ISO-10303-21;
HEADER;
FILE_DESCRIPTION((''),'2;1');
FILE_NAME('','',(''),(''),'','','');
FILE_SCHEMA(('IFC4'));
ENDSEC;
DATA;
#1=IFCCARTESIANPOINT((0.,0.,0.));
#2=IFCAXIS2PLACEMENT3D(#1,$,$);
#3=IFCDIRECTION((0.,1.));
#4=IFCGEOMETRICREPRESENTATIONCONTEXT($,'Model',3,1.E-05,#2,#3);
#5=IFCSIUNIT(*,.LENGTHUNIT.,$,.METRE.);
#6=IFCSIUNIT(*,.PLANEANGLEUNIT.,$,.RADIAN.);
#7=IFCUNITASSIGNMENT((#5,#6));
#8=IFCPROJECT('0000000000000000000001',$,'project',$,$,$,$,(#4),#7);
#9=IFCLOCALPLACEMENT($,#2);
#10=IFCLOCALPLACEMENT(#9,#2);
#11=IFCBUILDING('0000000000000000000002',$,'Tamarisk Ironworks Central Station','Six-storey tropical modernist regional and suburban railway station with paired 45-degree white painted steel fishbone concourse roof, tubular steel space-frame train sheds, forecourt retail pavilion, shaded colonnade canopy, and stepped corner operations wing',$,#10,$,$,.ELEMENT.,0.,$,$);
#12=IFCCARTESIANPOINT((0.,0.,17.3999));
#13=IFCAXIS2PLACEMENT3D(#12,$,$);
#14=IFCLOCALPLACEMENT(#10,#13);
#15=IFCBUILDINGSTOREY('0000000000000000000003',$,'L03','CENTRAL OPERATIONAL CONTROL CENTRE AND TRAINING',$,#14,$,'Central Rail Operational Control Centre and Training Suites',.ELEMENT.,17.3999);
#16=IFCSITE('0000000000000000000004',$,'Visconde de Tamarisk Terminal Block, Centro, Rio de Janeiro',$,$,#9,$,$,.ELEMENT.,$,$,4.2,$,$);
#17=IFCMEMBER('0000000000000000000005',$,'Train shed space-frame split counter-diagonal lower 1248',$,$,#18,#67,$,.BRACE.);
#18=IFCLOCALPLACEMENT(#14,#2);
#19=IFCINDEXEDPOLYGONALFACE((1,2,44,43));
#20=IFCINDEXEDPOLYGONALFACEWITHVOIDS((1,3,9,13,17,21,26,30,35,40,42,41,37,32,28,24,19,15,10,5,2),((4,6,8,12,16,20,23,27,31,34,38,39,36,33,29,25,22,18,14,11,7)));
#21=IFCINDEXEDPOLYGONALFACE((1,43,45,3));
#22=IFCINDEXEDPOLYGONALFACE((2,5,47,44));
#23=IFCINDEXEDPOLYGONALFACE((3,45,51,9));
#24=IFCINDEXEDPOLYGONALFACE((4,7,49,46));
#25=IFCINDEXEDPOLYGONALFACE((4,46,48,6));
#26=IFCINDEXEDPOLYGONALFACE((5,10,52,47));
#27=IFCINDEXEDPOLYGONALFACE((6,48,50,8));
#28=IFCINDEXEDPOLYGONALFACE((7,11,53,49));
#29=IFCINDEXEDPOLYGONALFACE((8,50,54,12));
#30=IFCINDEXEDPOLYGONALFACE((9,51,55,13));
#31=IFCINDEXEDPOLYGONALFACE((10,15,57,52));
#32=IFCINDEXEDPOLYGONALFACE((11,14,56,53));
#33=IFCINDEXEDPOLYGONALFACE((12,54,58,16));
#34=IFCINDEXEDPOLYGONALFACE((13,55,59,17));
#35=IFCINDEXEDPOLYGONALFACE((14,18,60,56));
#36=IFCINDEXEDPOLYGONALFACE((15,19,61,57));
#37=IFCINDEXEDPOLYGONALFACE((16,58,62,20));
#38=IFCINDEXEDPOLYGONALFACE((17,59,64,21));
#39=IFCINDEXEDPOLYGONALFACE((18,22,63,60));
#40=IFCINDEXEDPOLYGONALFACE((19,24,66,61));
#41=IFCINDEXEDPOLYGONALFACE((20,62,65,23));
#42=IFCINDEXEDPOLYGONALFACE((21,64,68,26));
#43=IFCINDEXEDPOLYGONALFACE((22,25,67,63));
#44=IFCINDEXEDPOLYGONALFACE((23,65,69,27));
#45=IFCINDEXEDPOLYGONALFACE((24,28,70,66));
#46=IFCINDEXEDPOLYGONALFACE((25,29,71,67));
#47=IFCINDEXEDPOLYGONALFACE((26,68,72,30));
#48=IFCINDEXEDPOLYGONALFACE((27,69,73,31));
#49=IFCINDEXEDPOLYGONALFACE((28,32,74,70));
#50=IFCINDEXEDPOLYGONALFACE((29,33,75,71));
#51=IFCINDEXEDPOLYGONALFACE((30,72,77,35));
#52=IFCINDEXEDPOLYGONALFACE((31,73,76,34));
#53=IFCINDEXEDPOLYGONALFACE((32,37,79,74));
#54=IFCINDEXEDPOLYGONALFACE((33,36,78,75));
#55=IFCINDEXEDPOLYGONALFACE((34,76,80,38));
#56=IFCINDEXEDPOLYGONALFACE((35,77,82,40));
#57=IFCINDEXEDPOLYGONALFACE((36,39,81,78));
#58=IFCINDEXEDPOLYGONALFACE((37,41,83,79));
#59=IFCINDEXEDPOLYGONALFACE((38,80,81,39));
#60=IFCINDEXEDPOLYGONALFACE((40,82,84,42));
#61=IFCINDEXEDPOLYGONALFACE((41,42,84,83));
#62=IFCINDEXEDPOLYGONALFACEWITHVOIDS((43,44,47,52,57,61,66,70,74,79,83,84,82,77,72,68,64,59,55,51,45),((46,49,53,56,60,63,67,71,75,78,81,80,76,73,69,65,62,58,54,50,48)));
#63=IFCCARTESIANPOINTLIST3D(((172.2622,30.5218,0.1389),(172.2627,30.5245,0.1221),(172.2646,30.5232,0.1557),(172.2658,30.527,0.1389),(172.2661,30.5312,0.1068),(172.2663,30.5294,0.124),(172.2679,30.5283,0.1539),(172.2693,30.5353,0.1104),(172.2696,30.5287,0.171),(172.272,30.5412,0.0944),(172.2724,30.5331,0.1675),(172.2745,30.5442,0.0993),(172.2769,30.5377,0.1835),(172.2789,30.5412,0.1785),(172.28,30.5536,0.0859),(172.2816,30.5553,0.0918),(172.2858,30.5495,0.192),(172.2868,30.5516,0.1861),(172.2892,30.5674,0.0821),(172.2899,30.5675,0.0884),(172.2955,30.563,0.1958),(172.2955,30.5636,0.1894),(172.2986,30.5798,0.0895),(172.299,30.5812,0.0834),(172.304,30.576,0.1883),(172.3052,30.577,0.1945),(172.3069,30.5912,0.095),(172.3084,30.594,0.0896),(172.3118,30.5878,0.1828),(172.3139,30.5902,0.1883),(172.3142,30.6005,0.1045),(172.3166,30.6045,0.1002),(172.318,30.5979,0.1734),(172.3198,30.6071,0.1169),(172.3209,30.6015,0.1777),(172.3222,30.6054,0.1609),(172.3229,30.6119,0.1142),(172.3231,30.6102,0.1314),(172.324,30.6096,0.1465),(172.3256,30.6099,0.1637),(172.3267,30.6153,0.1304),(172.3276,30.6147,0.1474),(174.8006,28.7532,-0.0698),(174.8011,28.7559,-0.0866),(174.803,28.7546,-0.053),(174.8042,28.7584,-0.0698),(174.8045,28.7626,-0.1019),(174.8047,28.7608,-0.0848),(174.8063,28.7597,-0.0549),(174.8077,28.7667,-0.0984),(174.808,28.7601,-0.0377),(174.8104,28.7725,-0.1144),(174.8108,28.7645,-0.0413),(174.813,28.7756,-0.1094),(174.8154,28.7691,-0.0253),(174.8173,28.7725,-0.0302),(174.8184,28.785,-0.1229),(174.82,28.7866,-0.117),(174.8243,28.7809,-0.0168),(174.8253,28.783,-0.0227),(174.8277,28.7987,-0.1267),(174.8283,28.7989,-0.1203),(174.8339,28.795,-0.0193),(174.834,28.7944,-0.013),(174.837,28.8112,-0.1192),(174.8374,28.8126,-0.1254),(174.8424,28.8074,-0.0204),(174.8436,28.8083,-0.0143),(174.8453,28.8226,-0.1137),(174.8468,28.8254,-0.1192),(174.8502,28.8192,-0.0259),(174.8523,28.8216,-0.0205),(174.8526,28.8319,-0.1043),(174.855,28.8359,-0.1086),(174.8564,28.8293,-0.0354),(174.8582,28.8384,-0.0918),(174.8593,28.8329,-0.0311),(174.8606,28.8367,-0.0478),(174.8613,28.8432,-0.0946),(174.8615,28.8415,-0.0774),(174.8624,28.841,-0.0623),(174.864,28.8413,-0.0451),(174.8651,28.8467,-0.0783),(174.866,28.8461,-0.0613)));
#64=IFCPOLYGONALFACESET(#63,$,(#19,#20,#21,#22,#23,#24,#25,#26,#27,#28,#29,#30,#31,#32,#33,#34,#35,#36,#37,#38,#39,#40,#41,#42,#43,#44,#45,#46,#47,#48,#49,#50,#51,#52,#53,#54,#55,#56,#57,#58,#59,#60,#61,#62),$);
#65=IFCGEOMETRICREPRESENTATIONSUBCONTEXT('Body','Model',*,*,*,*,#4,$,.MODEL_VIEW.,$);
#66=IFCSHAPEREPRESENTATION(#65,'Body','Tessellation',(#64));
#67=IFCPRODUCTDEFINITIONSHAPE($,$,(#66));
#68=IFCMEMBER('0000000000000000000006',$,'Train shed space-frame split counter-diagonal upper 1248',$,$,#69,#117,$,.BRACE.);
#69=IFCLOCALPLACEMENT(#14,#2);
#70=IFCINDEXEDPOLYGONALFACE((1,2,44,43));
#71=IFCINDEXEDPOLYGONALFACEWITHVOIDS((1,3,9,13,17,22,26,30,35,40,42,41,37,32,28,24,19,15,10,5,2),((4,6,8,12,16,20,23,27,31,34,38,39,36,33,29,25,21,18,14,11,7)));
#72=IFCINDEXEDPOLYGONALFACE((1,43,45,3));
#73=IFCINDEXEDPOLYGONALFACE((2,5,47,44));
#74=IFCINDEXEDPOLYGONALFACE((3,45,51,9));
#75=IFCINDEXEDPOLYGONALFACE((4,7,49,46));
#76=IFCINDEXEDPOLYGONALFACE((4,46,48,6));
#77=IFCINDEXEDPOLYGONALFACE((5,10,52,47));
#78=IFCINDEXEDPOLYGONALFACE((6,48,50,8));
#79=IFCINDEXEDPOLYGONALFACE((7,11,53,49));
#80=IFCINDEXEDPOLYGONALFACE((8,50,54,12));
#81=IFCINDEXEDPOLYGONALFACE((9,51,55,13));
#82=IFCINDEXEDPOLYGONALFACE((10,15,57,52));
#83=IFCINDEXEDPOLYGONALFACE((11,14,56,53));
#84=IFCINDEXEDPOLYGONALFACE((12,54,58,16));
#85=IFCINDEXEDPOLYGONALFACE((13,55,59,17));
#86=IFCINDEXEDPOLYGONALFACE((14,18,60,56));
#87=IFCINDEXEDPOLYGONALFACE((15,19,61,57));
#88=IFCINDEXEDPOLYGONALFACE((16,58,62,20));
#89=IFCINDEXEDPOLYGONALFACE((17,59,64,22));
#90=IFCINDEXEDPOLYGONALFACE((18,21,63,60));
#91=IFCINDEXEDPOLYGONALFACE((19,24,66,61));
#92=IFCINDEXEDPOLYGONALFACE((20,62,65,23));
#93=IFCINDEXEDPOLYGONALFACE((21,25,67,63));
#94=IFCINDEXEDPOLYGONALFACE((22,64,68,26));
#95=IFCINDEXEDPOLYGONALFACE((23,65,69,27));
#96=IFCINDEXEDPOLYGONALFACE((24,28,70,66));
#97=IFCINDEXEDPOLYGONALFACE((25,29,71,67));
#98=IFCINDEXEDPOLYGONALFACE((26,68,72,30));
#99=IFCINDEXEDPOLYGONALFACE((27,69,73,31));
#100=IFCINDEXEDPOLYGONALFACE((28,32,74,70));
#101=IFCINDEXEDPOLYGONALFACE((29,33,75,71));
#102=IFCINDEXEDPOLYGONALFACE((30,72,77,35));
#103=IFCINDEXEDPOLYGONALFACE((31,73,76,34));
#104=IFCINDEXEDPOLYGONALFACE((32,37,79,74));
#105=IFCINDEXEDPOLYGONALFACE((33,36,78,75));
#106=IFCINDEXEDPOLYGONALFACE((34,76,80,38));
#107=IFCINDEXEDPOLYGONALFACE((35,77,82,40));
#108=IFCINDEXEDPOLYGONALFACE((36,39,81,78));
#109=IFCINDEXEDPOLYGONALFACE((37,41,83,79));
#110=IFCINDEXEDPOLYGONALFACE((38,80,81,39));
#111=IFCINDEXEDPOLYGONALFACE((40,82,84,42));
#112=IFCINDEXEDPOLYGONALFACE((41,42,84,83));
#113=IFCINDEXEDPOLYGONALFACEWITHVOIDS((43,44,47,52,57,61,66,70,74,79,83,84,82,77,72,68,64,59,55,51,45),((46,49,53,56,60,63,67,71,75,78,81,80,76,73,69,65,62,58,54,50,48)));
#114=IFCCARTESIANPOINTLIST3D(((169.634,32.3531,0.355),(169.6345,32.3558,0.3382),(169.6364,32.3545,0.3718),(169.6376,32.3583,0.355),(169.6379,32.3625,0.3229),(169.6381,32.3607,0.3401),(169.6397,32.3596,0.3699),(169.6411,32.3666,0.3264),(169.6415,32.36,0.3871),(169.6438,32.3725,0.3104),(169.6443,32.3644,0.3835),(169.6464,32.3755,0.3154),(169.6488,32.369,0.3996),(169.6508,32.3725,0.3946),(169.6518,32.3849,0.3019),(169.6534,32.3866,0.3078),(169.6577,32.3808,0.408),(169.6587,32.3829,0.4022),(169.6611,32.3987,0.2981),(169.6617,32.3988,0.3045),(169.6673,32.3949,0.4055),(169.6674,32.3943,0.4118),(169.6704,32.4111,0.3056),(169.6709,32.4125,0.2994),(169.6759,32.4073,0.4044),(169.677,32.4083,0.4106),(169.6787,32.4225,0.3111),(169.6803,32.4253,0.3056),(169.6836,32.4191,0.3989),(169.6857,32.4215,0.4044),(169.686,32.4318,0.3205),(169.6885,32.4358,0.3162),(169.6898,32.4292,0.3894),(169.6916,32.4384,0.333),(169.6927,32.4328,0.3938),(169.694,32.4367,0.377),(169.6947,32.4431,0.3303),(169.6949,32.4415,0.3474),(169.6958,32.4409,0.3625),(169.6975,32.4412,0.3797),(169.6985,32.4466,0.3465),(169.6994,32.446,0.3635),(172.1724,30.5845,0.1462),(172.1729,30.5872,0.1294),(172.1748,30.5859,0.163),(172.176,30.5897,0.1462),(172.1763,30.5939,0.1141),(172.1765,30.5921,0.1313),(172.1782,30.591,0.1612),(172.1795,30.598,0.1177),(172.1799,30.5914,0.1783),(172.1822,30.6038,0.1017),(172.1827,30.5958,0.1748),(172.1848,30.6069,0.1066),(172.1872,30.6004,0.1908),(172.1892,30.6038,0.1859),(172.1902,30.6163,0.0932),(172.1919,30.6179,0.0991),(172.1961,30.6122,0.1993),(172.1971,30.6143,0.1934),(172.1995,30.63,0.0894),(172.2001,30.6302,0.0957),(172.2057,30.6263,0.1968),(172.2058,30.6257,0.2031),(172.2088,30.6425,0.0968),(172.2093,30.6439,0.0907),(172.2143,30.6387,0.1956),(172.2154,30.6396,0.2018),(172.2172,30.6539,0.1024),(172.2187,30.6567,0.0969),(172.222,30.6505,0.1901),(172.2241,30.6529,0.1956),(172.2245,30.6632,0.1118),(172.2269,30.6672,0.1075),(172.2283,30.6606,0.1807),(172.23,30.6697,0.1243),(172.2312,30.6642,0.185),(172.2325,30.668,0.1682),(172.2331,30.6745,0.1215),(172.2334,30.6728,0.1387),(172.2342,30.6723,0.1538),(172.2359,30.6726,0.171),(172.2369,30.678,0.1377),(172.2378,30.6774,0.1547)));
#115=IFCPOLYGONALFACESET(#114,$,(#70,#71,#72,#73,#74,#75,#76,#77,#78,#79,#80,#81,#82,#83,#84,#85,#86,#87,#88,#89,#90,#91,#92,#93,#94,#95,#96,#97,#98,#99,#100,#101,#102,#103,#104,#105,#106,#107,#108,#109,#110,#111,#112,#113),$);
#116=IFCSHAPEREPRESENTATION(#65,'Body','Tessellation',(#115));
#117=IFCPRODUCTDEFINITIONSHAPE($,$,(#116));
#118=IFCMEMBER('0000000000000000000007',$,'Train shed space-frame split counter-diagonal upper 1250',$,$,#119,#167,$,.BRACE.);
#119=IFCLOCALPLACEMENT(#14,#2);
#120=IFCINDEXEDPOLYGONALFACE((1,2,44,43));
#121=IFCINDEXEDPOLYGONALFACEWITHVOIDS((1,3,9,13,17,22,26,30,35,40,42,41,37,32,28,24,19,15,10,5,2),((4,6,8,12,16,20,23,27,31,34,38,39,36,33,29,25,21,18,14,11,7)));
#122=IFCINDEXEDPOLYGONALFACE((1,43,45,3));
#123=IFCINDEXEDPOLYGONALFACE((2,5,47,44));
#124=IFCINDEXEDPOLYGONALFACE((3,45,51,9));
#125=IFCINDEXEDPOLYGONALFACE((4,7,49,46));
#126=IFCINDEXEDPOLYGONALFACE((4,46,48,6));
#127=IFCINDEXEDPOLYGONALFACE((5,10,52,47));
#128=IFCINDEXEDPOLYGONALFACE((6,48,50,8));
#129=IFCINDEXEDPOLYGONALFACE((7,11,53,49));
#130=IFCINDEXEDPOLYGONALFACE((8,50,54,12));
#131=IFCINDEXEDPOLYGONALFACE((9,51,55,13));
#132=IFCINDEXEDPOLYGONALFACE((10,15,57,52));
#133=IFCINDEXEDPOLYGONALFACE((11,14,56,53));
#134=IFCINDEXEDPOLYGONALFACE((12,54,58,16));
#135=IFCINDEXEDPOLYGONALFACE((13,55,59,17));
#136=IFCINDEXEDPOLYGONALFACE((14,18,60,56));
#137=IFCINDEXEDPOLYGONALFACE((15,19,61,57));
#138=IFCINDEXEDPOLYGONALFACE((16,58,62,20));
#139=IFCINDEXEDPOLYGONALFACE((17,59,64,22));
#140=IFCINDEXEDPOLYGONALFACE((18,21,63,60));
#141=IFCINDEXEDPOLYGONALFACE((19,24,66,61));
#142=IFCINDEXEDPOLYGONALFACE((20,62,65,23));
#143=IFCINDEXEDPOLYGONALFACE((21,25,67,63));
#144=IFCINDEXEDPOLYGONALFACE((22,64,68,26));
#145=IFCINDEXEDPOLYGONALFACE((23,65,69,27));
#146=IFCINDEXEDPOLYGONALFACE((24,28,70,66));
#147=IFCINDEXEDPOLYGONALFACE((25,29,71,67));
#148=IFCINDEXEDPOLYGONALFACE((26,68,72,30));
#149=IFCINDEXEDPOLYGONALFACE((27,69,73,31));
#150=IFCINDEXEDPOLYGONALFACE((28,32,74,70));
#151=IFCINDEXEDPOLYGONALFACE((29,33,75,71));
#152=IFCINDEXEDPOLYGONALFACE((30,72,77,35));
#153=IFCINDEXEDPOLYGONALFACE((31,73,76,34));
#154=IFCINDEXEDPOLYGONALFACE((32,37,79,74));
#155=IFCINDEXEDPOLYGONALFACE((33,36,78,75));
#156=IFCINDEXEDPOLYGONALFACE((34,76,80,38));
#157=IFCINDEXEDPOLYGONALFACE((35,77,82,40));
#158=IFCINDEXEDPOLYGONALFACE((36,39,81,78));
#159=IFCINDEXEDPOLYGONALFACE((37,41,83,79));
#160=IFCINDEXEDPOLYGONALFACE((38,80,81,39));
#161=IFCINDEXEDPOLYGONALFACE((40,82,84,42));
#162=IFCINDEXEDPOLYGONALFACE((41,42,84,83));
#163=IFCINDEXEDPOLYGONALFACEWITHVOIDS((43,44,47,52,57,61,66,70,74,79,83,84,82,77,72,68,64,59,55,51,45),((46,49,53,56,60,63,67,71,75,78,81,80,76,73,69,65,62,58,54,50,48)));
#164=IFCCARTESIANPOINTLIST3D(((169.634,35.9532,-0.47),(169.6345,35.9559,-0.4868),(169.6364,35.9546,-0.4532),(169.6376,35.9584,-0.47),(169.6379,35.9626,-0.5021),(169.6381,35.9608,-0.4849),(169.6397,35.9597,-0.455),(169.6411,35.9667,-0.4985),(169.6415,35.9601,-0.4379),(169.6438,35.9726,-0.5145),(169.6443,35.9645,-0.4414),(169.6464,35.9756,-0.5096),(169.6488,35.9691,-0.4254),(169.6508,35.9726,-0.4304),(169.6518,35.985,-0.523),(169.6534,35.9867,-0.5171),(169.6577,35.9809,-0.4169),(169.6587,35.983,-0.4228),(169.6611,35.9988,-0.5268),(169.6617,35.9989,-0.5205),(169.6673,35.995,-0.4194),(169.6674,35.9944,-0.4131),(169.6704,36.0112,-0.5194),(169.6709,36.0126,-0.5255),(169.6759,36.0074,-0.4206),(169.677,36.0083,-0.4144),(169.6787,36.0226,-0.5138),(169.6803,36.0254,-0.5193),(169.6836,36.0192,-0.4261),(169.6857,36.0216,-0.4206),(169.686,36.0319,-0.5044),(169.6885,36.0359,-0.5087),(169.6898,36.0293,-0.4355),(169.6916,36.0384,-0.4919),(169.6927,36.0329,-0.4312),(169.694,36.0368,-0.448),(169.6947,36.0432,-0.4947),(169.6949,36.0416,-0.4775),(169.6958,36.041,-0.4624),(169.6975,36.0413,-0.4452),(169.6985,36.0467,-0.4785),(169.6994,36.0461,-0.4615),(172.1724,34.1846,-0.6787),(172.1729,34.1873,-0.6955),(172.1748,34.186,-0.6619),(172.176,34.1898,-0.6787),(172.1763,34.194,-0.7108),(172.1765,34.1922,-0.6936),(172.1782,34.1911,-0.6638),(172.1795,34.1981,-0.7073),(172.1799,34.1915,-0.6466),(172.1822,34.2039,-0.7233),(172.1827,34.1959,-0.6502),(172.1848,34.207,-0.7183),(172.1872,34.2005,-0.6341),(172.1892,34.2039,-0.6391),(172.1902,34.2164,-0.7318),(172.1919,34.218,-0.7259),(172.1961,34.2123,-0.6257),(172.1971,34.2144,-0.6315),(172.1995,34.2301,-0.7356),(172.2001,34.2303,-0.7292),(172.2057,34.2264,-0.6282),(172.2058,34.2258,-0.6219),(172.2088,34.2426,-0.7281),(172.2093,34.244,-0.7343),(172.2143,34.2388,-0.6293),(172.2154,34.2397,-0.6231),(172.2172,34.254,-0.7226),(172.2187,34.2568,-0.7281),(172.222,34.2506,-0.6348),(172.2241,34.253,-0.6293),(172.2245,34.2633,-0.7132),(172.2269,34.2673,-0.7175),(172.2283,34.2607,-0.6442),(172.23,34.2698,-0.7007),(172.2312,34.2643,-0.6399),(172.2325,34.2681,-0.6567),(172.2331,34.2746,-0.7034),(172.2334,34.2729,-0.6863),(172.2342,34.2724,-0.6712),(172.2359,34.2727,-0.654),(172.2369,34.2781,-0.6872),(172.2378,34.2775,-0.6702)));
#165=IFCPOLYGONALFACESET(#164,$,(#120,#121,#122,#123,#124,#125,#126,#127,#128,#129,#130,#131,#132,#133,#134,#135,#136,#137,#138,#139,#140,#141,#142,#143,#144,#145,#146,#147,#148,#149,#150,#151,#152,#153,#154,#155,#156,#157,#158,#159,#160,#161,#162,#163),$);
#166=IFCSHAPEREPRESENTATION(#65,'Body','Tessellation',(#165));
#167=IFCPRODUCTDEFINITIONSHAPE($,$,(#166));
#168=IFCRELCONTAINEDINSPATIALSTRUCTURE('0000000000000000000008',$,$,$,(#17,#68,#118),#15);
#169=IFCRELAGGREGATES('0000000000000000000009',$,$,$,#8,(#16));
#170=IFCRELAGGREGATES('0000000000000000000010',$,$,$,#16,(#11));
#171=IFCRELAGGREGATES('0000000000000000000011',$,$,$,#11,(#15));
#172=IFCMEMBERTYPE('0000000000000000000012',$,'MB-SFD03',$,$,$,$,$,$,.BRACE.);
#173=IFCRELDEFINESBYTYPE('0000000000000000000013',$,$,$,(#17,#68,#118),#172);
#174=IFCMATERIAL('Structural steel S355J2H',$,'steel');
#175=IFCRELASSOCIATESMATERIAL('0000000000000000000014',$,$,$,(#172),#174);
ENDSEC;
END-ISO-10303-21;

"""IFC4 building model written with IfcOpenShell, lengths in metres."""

from ifc_helpers import new_model, si_unit, direction, frame, origin, origin_2d, place, context, subcontext, project, spatial, hollow_circle, extrude, material, material_profile, profile_set, type_object, element, save


model = new_model("IFC4")

# Units and contexts
model_context = context("Model", 3, precision=1e-05, world=origin(), true_north=direction((0.0, 1.0)))
body_context = subcontext(model_context, "Body", "Model", "MODEL_VIEW")
ifc_project = project(units=[si_unit("LENGTHUNIT", "METRE"), si_unit("PLANEANGLEUNIT", "RADIAN")], contexts=[model_context])

# Site, building, storey
site_placement = place(None, origin())
site = spatial("IfcSite", under=ifc_project, at=site_placement, Name="Visconde de Tamarisk Terminal Block, Centro, Rio de Janeiro", CompositionType="ELEMENT", RefElevation=4.2)
building_placement = place(site_placement, origin())
building = spatial("IfcBuilding", under=site, at=building_placement, Name="Tamarisk Ironworks Central Station", Description="Six-storey tropical modernist regional and suburban railway station with paired 45-degree white painted steel fishbone concourse roof, tubular steel space-frame train sheds, forecourt retail pavilion, shaded colonnade canopy, and stepped corner operations wing", CompositionType="ELEMENT", ElevationOfRefHeight=0.0)
storey_placement = place(building_placement, frame((0.0, 0.0, 17.3999)))
storey = spatial("IfcBuildingStorey", under=building, at=storey_placement, Name="L03", Description="CENTRAL OPERATIONAL CONTROL CENTRE AND TRAINING", LongName="Central Rail Operational Control Centre and Training Suites", CompositionType="ELEMENT", Elevation=17.3999)

# Members
ifc_material = material(Name="Structural steel S355J2H", Category="steel")
ifc_material_profile_1 = material_profile(ifc_material, hollow_circle(Radius=0.0571, WallThickness=0.0063, at=origin_2d()), Name="CHS 114.3x6.3")
ifc_profile_set_1 = profile_set([ifc_material_profile_1], Name="Structural steel S355J2H")
member_type_1 = type_object("IfcMemberType", Name="MB-SFD03", PredefinedType="BRACE", material=ifc_profile_set_1)
for number, where, z_axis, x_axis, name in (
    (1, (174.8333, 28.8, -0.0698), (-0.818625, 0.570369, 0.06732), (-0.571666, -0.820487, 0.0), "Train shed space-frame split counter-diagonal lower 1248"),
    (2, (172.2051, 30.6313, 0.1462), (-0.818625, 0.570369, 0.06732), (-0.571666, -0.820487, 0.0), "Train shed space-frame split counter-diagonal upper 1248"),
    (3, (172.2051, 34.2314, -0.6787), (-0.818625, 0.570369, 0.06732), (-0.571666, -0.820487, 0.0), "Train shed space-frame split counter-diagonal upper 1250"),
):
    element("IfcMember", number, at=place(storey_placement, frame(where, z_axis=z_axis, x_axis=x_axis)), inside=storey, type_object=member_type_1, Name=name, PredefinedType="BRACE", context=body_context, shape_type="SweptSolid", body=[
        extrude(hollow_circle(Radius=0.0571, WallThickness=0.0063, at=origin_2d()), origin(), (0.0, 0.0, 1.0), 3.1008),
    ])

save(model, "model.ifc")
